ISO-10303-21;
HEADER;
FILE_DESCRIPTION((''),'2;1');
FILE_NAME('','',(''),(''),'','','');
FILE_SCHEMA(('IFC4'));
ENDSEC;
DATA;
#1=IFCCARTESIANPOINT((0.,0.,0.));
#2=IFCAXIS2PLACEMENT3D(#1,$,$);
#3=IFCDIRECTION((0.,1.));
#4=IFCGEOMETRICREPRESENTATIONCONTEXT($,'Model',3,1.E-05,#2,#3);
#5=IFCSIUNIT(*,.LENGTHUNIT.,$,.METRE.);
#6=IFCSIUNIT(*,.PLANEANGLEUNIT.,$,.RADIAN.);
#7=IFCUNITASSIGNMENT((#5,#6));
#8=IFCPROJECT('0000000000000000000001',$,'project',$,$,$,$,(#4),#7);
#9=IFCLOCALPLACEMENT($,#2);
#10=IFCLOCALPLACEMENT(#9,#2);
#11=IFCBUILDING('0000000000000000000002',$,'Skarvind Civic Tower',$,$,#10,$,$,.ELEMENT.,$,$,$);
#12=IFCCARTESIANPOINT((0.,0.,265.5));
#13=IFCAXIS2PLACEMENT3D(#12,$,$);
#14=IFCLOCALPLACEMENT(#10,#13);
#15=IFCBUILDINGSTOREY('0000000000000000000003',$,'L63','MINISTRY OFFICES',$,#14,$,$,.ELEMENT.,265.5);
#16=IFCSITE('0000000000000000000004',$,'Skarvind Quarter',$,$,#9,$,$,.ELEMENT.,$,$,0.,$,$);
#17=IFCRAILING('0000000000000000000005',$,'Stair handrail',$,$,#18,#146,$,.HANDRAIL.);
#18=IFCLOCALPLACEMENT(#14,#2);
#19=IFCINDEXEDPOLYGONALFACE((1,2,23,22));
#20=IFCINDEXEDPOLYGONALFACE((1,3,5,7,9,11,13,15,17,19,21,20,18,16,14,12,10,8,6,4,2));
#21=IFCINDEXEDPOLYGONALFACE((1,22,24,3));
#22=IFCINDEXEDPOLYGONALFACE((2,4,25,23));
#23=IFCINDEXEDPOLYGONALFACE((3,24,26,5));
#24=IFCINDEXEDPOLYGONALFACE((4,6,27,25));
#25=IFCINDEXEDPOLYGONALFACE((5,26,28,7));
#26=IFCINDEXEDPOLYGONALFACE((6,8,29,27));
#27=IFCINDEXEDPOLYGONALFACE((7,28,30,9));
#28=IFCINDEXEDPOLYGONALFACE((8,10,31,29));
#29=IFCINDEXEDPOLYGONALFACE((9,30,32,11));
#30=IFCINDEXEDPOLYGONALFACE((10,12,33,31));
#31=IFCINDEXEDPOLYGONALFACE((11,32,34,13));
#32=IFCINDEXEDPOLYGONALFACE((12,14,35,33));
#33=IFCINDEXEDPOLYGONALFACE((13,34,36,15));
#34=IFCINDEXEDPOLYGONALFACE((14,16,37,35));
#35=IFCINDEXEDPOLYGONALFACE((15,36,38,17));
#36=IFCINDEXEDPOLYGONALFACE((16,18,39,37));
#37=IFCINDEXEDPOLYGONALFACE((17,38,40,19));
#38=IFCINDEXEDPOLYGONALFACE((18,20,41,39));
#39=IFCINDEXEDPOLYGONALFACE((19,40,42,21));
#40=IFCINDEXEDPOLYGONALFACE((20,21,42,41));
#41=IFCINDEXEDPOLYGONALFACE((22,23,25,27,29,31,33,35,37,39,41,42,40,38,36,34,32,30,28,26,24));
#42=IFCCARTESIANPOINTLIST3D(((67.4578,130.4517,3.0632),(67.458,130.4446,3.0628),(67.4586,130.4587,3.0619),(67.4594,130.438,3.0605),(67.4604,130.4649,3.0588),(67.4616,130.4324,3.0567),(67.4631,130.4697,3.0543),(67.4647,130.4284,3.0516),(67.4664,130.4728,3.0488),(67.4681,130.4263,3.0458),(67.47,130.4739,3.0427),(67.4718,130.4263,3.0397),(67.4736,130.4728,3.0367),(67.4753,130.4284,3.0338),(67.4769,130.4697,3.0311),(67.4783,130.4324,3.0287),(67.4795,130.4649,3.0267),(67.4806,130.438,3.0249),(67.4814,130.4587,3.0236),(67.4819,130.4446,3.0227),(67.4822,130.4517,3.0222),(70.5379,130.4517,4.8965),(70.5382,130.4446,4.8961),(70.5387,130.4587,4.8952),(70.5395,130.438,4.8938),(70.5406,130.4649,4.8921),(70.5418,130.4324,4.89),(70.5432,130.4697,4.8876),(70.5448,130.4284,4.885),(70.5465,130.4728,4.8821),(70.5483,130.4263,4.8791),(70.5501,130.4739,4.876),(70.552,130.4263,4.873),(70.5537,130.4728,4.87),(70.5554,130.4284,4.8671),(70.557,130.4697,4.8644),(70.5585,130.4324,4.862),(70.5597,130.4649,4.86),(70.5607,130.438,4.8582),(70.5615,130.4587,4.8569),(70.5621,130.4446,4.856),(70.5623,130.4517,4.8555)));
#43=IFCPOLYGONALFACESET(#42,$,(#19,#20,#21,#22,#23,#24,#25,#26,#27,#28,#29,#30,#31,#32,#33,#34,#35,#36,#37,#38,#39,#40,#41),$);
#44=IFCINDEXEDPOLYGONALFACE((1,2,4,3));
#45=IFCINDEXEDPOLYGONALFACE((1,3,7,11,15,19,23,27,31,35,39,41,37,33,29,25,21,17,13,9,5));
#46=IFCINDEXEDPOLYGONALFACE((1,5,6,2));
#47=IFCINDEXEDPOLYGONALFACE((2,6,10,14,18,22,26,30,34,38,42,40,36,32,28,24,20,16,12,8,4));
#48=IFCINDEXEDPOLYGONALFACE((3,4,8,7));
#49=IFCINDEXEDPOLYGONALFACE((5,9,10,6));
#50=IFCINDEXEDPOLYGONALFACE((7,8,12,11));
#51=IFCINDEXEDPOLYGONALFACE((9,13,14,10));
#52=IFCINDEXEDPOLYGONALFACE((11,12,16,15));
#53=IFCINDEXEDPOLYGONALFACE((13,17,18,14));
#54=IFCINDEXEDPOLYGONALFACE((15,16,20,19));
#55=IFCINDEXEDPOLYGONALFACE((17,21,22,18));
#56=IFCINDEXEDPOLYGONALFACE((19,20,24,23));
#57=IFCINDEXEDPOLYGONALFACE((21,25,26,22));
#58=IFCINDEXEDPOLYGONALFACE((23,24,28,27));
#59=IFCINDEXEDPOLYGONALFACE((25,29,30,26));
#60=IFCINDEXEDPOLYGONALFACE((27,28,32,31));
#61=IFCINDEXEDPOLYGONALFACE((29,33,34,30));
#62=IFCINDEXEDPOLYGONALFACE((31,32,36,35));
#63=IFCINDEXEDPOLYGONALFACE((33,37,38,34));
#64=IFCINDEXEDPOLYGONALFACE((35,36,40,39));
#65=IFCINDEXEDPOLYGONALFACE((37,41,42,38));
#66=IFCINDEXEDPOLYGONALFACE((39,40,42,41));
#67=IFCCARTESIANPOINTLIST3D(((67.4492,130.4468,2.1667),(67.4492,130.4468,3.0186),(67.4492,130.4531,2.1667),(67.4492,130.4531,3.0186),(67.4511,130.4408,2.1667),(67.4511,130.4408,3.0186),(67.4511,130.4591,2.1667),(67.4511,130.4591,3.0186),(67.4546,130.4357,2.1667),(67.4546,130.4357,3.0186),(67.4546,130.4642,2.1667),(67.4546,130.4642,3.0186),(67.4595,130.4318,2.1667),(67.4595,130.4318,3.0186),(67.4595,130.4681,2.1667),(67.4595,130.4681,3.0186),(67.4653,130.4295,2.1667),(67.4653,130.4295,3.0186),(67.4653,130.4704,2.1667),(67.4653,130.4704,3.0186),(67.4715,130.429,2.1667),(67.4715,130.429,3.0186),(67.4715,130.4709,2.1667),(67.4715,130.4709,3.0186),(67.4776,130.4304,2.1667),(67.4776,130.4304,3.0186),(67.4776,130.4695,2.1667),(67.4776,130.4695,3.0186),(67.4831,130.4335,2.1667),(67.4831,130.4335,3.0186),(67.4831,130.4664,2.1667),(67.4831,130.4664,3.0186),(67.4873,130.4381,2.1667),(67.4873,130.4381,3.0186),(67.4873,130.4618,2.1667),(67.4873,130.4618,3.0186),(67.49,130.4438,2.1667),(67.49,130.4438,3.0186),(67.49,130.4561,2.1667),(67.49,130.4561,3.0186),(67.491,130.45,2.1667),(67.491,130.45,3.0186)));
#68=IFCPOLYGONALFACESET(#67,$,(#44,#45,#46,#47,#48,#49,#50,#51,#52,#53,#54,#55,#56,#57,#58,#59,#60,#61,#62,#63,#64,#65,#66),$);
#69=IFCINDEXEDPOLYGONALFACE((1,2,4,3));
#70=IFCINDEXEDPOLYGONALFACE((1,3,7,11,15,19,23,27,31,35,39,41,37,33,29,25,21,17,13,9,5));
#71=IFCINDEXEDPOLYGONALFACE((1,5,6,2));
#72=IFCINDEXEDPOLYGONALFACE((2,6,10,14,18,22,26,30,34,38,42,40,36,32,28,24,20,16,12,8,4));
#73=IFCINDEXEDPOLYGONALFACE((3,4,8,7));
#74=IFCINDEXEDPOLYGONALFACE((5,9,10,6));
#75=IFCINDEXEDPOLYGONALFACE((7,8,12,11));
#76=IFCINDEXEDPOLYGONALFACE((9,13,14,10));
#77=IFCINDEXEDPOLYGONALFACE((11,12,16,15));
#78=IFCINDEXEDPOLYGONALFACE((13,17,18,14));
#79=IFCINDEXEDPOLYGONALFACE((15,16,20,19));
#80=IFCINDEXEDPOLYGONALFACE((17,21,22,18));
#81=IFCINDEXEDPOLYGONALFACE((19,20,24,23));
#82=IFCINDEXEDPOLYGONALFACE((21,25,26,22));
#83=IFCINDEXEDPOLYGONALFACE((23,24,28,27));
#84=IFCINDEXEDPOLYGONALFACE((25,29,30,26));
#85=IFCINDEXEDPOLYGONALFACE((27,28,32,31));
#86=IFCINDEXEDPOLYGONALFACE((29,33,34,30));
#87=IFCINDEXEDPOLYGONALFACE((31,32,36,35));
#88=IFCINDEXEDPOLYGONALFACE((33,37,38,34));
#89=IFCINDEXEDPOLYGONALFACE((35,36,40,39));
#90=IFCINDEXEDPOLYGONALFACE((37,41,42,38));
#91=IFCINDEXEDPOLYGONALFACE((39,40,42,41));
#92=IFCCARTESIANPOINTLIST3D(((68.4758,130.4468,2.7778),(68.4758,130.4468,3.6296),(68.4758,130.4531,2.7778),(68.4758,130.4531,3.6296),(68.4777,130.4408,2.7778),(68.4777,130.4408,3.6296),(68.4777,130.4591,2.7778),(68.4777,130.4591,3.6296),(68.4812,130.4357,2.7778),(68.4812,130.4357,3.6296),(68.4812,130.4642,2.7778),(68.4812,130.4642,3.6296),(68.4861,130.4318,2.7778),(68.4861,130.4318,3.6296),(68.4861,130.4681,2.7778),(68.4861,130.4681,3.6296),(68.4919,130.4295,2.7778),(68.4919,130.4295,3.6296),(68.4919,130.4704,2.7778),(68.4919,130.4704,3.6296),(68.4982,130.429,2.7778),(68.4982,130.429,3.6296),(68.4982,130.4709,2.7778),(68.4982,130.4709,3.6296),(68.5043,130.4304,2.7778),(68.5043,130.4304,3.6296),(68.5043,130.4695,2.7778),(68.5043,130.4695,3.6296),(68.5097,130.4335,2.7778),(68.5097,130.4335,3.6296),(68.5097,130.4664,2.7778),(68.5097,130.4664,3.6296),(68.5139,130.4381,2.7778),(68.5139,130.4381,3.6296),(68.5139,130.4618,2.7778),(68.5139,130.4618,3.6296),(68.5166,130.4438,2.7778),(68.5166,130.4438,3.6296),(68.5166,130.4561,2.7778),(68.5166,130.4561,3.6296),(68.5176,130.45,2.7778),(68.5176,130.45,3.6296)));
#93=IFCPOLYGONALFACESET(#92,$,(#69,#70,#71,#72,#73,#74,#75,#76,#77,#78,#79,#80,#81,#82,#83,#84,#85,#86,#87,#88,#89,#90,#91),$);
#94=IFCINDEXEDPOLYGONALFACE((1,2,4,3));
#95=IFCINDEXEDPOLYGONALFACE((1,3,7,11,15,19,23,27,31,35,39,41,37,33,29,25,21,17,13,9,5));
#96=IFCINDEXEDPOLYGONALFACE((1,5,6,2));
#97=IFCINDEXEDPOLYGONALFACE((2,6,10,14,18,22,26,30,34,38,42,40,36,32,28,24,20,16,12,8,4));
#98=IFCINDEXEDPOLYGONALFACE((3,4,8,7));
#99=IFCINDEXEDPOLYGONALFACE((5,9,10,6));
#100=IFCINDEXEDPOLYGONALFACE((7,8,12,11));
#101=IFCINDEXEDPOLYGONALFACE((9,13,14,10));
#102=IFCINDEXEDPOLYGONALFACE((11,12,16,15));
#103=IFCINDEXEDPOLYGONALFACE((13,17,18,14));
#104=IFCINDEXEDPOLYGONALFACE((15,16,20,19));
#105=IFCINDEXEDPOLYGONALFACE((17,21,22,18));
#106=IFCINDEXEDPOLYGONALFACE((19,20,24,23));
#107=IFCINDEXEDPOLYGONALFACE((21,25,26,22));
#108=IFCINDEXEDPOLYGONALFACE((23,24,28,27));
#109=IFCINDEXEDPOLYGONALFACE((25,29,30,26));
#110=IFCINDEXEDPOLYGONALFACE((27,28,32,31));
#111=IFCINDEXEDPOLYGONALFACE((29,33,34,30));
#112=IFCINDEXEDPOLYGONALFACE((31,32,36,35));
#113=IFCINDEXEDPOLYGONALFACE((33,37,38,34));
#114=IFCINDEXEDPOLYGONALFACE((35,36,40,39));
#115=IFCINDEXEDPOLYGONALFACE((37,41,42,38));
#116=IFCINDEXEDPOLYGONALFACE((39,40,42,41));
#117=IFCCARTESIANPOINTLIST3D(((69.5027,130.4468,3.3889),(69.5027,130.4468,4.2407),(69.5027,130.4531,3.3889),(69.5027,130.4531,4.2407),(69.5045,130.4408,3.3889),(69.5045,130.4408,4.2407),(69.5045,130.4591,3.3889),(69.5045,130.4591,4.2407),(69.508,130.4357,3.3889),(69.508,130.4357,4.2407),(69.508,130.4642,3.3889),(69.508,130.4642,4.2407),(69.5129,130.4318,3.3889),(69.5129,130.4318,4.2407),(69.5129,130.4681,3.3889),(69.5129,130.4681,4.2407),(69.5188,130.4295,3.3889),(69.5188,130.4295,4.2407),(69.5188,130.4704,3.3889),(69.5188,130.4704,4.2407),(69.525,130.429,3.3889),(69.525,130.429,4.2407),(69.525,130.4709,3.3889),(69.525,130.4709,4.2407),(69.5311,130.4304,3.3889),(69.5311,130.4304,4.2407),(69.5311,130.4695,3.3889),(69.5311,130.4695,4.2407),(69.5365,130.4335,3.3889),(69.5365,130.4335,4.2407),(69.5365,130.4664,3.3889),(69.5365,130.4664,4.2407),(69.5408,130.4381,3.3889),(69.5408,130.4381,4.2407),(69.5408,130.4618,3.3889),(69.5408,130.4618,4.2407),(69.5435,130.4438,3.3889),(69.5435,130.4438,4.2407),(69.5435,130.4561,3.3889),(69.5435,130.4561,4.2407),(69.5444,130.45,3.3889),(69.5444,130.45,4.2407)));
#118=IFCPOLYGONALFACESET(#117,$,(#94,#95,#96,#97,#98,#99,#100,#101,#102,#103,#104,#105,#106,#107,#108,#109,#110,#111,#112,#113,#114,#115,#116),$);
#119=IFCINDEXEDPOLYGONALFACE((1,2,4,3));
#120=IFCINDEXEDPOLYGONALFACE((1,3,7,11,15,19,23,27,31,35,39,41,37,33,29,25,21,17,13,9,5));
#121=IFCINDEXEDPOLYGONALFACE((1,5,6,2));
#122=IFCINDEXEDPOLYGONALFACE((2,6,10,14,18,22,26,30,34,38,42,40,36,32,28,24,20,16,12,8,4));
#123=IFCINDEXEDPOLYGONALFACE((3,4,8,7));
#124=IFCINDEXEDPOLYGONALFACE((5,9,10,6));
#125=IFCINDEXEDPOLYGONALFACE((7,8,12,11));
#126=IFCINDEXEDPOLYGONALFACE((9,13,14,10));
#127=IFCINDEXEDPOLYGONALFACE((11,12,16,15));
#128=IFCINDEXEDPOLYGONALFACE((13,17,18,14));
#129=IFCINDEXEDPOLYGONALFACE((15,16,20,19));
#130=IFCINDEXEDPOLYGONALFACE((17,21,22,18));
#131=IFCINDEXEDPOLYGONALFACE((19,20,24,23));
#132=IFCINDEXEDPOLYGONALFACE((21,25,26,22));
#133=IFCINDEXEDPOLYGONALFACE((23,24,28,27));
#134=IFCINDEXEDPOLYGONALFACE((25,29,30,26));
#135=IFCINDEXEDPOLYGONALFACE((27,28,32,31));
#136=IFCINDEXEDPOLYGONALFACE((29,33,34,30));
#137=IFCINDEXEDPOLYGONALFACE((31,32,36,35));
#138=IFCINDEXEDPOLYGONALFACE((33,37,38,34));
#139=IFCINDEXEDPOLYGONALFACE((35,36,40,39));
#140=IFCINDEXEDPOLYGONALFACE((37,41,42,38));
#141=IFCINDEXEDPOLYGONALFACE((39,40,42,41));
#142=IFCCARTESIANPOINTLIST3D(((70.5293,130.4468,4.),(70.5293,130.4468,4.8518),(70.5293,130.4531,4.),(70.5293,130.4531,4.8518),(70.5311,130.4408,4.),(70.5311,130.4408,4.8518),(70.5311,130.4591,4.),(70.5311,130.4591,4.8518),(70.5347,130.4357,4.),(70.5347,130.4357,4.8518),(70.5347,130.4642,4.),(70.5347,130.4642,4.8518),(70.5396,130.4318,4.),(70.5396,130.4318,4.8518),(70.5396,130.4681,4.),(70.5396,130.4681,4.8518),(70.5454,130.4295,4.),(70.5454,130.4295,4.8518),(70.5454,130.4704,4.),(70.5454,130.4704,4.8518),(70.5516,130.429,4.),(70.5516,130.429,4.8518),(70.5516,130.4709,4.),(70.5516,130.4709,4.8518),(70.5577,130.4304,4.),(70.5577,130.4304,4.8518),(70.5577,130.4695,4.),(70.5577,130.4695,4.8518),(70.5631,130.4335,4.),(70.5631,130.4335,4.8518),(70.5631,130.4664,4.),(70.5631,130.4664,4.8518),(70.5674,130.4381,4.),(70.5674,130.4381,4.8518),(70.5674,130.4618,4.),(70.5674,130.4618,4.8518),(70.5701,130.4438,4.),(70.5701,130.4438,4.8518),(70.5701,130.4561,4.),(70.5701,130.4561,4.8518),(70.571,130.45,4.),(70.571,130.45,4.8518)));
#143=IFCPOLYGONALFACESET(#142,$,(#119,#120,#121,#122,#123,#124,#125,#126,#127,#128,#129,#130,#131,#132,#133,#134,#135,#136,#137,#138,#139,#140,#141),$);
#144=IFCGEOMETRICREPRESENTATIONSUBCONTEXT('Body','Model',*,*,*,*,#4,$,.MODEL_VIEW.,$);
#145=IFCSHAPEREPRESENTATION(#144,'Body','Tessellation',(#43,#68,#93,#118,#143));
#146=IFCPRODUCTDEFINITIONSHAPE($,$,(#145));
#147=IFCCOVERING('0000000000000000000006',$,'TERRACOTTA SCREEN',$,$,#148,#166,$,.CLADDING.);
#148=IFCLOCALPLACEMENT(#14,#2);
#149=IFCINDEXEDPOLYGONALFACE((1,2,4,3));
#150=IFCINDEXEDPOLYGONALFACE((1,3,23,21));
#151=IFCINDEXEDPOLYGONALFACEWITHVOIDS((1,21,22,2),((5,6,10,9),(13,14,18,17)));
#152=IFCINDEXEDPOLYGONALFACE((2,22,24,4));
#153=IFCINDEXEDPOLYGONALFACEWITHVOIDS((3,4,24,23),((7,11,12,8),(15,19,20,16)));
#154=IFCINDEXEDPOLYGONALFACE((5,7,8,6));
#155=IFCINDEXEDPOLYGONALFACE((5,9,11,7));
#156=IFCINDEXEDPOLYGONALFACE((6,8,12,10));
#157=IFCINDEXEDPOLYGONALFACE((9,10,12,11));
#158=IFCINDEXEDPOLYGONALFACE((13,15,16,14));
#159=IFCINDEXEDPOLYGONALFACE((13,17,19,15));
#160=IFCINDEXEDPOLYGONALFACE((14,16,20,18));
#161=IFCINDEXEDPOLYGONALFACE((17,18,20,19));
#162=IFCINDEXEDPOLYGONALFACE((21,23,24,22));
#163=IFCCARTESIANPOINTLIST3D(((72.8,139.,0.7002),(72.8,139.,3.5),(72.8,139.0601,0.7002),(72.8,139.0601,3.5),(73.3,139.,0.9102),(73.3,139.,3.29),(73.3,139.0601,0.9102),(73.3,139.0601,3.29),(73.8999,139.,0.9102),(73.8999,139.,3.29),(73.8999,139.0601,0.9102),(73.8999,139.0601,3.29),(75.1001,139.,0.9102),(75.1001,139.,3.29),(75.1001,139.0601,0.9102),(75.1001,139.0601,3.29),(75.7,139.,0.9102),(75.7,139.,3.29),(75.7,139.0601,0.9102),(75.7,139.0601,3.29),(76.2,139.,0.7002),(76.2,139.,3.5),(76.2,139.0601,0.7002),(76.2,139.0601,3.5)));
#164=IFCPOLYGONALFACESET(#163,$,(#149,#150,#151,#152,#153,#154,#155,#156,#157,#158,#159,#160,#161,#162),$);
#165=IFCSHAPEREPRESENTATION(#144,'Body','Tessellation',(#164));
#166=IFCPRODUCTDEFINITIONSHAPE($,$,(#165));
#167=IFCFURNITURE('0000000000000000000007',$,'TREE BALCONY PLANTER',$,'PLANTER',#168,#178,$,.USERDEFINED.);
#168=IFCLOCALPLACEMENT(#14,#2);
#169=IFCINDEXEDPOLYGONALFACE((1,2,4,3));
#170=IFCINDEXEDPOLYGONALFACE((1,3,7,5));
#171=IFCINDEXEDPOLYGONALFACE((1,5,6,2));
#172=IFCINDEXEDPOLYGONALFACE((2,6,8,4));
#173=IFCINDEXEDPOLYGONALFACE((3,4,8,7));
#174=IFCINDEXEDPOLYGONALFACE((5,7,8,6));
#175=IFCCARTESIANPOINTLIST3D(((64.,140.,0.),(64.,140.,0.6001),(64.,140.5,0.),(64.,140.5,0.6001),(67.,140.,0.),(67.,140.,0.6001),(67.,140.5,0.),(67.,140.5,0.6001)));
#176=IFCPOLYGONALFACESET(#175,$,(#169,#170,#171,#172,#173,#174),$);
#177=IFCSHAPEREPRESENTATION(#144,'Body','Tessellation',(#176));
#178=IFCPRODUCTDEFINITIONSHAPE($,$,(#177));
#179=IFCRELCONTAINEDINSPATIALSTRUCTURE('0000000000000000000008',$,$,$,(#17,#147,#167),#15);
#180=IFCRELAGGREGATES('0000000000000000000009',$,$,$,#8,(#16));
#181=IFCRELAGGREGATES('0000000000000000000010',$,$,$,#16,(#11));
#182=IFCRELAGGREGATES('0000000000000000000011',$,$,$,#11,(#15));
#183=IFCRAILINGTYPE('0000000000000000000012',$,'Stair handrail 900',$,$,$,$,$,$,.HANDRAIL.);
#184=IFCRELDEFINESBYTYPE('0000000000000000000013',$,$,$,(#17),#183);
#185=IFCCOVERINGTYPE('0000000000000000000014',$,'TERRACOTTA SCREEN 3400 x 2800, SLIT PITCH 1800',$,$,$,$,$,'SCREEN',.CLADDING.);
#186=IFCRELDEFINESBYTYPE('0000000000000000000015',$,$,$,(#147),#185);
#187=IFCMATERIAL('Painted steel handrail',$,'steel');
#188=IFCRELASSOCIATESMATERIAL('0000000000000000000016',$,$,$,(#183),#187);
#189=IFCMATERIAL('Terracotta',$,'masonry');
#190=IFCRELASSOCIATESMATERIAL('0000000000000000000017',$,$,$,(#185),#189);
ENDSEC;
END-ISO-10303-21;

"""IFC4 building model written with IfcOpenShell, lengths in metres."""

from ifc_helpers import new_model, si_unit, direction, frame, origin, origin_2d, place, context, subcontext, project, spatial, polyline, rectangle, circle, outline, extrude, material, material_profile, profile_set, type_object, element, save


model = new_model("IFC4")

# Units and contexts
model_context = context("Model", 3, precision=1e-05, world=origin(), true_north=direction((0.0, 1.0)))
body_context = subcontext(model_context, "Body", "Model", "MODEL_VIEW")
ifc_project = project(units=[si_unit("LENGTHUNIT", "METRE"), si_unit("PLANEANGLEUNIT", "RADIAN")], contexts=[model_context])

# Site, building, storey
site_placement = place(None, origin())
site = spatial("IfcSite", under=ifc_project, at=site_placement, Name="Skarvind Quarter", CompositionType="ELEMENT", RefElevation=0.0)
building_placement = place(site_placement, origin())
building = spatial("IfcBuilding", under=site, at=building_placement, Name="Skarvind Civic Tower", CompositionType="ELEMENT")
storey_placement = place(building_placement, frame((0.0, 0.0, 265.5)))
storey = spatial("IfcBuildingStorey", under=building, at=storey_placement, Name="L63", Description="MINISTRY OFFICES", CompositionType="ELEMENT", Elevation=265.5)

# Railing
ifc_material_1 = material(Name="Painted steel handrail", Category="steel")
railing_type_1 = type_object("IfcRailingType", Name="Stair handrail 900", PredefinedType="HANDRAIL", material=ifc_material_1)
railing_1_placement = place(storey_placement, frame((67.47, 130.45, 2.1667)))
element("IfcRailing", 1, at=railing_1_placement, inside=storey, type_object=railing_type_1, Name="Stair handrail", PredefinedType="HANDRAIL", context=body_context, shape_type="SweptSolid", body=[
    extrude(circle(Radius=0.0239, at=origin_2d()), frame((0.0, 0.0, 0.876), z_axis=(0.859309, 0.0, 0.511458), x_axis=(0.0, 1.0, 0.0)), (0.0, 0.0, 1.0), 3.5845),
    extrude(circle(Radius=0.021, at=origin_2d()), origin(), (0.0, 0.0, 1.0), 0.8518),
    extrude(circle(Radius=0.021, at=origin_2d()), frame((1.0266, 0.0, 0.6111)), (0.0, 0.0, 1.0), 0.8518),
    extrude(circle(Radius=0.021, at=origin_2d()), frame((2.0535, 0.0, 1.2222)), (0.0, 0.0, 1.0), 0.8518),
    extrude(circle(Radius=0.021, at=origin_2d()), frame((3.0801, 0.0, 1.8333)), (0.0, 0.0, 1.0), 0.8518),
])

# Covering
ifc_material_2 = material(Name="Terracotta", Category="masonry")
ifc_material_profile_1 = material_profile(ifc_material_2, outline(polyline([(-1.7, -1.3999), (1.7, -1.3999), (1.7, 1.3999), (-1.7, 1.3999), (-1.7, -1.3999)]), holes=[polyline([(-1.2, -1.1899), (-0.6001, -1.1899), (-0.6001, 1.1899), (-1.2, 1.1899), (-1.2, -1.1899)]), polyline([(0.6001, -1.1899), (1.2, -1.1899), (1.2, 1.1899), (0.6001, 1.1899), (0.6001, -1.1899)])]), Name="TERRACOTTA SCREEN 3400 x 2800, SLIT PITCH 1800")
ifc_profile_set_1 = profile_set([ifc_material_profile_1], Name="Terracotta")
covering_type = type_object("IfcCoveringType", Name="TERRACOTTA SCREEN 3400 x 2800, SLIT PITCH 1800", ElementType="SCREEN", PredefinedType="CLADDING", material=ifc_profile_set_1)
covering_placement = place(storey_placement, frame((74.5, 139.0, 2.1001), z_axis=(0.0, 1.0, 0.0), x_axis=(-1.0, 0.0, 0.0)))
element("IfcCovering", 2, at=covering_placement, inside=storey, type_object=covering_type, Name="TERRACOTTA SCREEN", PredefinedType="CLADDING", context=body_context, shape_type="SweptSolid", body=[
    extrude(outline(polyline([(-1.7, -1.3999), (1.7, -1.3999), (1.7, 1.3999), (-1.7, 1.3999), (-1.7, -1.3999)]), holes=[polyline([(-1.2, -1.1899), (-0.6001, -1.1899), (-0.6001, 1.1899), (-1.2, 1.1899), (-1.2, -1.1899)]), polyline([(0.6001, -1.1899), (1.2, -1.1899), (1.2, 1.1899), (0.6001, 1.1899), (0.6001, -1.1899)])]), origin(), (0.0, 0.0, 1.0), 0.0601),
])

# Furniture
furniture_placement = place(storey_placement, frame((65.5, 140.25, 0.0), z_axis=(0.0, 0.0, 1.0), x_axis=(1.0, 0.0, 0.0)))
element("IfcFurniture", 3, at=furniture_placement, inside=storey, Name="TREE BALCONY PLANTER", ObjectType="PLANTER", PredefinedType="USERDEFINED", context=body_context, shape_type="SweptSolid", body=[
    extrude(rectangle(XDim=3.0, YDim=0.5, at=origin_2d()), origin(), (0.0, 0.0, 1.0), 0.6001),
])

save(model, "model.ifc")
